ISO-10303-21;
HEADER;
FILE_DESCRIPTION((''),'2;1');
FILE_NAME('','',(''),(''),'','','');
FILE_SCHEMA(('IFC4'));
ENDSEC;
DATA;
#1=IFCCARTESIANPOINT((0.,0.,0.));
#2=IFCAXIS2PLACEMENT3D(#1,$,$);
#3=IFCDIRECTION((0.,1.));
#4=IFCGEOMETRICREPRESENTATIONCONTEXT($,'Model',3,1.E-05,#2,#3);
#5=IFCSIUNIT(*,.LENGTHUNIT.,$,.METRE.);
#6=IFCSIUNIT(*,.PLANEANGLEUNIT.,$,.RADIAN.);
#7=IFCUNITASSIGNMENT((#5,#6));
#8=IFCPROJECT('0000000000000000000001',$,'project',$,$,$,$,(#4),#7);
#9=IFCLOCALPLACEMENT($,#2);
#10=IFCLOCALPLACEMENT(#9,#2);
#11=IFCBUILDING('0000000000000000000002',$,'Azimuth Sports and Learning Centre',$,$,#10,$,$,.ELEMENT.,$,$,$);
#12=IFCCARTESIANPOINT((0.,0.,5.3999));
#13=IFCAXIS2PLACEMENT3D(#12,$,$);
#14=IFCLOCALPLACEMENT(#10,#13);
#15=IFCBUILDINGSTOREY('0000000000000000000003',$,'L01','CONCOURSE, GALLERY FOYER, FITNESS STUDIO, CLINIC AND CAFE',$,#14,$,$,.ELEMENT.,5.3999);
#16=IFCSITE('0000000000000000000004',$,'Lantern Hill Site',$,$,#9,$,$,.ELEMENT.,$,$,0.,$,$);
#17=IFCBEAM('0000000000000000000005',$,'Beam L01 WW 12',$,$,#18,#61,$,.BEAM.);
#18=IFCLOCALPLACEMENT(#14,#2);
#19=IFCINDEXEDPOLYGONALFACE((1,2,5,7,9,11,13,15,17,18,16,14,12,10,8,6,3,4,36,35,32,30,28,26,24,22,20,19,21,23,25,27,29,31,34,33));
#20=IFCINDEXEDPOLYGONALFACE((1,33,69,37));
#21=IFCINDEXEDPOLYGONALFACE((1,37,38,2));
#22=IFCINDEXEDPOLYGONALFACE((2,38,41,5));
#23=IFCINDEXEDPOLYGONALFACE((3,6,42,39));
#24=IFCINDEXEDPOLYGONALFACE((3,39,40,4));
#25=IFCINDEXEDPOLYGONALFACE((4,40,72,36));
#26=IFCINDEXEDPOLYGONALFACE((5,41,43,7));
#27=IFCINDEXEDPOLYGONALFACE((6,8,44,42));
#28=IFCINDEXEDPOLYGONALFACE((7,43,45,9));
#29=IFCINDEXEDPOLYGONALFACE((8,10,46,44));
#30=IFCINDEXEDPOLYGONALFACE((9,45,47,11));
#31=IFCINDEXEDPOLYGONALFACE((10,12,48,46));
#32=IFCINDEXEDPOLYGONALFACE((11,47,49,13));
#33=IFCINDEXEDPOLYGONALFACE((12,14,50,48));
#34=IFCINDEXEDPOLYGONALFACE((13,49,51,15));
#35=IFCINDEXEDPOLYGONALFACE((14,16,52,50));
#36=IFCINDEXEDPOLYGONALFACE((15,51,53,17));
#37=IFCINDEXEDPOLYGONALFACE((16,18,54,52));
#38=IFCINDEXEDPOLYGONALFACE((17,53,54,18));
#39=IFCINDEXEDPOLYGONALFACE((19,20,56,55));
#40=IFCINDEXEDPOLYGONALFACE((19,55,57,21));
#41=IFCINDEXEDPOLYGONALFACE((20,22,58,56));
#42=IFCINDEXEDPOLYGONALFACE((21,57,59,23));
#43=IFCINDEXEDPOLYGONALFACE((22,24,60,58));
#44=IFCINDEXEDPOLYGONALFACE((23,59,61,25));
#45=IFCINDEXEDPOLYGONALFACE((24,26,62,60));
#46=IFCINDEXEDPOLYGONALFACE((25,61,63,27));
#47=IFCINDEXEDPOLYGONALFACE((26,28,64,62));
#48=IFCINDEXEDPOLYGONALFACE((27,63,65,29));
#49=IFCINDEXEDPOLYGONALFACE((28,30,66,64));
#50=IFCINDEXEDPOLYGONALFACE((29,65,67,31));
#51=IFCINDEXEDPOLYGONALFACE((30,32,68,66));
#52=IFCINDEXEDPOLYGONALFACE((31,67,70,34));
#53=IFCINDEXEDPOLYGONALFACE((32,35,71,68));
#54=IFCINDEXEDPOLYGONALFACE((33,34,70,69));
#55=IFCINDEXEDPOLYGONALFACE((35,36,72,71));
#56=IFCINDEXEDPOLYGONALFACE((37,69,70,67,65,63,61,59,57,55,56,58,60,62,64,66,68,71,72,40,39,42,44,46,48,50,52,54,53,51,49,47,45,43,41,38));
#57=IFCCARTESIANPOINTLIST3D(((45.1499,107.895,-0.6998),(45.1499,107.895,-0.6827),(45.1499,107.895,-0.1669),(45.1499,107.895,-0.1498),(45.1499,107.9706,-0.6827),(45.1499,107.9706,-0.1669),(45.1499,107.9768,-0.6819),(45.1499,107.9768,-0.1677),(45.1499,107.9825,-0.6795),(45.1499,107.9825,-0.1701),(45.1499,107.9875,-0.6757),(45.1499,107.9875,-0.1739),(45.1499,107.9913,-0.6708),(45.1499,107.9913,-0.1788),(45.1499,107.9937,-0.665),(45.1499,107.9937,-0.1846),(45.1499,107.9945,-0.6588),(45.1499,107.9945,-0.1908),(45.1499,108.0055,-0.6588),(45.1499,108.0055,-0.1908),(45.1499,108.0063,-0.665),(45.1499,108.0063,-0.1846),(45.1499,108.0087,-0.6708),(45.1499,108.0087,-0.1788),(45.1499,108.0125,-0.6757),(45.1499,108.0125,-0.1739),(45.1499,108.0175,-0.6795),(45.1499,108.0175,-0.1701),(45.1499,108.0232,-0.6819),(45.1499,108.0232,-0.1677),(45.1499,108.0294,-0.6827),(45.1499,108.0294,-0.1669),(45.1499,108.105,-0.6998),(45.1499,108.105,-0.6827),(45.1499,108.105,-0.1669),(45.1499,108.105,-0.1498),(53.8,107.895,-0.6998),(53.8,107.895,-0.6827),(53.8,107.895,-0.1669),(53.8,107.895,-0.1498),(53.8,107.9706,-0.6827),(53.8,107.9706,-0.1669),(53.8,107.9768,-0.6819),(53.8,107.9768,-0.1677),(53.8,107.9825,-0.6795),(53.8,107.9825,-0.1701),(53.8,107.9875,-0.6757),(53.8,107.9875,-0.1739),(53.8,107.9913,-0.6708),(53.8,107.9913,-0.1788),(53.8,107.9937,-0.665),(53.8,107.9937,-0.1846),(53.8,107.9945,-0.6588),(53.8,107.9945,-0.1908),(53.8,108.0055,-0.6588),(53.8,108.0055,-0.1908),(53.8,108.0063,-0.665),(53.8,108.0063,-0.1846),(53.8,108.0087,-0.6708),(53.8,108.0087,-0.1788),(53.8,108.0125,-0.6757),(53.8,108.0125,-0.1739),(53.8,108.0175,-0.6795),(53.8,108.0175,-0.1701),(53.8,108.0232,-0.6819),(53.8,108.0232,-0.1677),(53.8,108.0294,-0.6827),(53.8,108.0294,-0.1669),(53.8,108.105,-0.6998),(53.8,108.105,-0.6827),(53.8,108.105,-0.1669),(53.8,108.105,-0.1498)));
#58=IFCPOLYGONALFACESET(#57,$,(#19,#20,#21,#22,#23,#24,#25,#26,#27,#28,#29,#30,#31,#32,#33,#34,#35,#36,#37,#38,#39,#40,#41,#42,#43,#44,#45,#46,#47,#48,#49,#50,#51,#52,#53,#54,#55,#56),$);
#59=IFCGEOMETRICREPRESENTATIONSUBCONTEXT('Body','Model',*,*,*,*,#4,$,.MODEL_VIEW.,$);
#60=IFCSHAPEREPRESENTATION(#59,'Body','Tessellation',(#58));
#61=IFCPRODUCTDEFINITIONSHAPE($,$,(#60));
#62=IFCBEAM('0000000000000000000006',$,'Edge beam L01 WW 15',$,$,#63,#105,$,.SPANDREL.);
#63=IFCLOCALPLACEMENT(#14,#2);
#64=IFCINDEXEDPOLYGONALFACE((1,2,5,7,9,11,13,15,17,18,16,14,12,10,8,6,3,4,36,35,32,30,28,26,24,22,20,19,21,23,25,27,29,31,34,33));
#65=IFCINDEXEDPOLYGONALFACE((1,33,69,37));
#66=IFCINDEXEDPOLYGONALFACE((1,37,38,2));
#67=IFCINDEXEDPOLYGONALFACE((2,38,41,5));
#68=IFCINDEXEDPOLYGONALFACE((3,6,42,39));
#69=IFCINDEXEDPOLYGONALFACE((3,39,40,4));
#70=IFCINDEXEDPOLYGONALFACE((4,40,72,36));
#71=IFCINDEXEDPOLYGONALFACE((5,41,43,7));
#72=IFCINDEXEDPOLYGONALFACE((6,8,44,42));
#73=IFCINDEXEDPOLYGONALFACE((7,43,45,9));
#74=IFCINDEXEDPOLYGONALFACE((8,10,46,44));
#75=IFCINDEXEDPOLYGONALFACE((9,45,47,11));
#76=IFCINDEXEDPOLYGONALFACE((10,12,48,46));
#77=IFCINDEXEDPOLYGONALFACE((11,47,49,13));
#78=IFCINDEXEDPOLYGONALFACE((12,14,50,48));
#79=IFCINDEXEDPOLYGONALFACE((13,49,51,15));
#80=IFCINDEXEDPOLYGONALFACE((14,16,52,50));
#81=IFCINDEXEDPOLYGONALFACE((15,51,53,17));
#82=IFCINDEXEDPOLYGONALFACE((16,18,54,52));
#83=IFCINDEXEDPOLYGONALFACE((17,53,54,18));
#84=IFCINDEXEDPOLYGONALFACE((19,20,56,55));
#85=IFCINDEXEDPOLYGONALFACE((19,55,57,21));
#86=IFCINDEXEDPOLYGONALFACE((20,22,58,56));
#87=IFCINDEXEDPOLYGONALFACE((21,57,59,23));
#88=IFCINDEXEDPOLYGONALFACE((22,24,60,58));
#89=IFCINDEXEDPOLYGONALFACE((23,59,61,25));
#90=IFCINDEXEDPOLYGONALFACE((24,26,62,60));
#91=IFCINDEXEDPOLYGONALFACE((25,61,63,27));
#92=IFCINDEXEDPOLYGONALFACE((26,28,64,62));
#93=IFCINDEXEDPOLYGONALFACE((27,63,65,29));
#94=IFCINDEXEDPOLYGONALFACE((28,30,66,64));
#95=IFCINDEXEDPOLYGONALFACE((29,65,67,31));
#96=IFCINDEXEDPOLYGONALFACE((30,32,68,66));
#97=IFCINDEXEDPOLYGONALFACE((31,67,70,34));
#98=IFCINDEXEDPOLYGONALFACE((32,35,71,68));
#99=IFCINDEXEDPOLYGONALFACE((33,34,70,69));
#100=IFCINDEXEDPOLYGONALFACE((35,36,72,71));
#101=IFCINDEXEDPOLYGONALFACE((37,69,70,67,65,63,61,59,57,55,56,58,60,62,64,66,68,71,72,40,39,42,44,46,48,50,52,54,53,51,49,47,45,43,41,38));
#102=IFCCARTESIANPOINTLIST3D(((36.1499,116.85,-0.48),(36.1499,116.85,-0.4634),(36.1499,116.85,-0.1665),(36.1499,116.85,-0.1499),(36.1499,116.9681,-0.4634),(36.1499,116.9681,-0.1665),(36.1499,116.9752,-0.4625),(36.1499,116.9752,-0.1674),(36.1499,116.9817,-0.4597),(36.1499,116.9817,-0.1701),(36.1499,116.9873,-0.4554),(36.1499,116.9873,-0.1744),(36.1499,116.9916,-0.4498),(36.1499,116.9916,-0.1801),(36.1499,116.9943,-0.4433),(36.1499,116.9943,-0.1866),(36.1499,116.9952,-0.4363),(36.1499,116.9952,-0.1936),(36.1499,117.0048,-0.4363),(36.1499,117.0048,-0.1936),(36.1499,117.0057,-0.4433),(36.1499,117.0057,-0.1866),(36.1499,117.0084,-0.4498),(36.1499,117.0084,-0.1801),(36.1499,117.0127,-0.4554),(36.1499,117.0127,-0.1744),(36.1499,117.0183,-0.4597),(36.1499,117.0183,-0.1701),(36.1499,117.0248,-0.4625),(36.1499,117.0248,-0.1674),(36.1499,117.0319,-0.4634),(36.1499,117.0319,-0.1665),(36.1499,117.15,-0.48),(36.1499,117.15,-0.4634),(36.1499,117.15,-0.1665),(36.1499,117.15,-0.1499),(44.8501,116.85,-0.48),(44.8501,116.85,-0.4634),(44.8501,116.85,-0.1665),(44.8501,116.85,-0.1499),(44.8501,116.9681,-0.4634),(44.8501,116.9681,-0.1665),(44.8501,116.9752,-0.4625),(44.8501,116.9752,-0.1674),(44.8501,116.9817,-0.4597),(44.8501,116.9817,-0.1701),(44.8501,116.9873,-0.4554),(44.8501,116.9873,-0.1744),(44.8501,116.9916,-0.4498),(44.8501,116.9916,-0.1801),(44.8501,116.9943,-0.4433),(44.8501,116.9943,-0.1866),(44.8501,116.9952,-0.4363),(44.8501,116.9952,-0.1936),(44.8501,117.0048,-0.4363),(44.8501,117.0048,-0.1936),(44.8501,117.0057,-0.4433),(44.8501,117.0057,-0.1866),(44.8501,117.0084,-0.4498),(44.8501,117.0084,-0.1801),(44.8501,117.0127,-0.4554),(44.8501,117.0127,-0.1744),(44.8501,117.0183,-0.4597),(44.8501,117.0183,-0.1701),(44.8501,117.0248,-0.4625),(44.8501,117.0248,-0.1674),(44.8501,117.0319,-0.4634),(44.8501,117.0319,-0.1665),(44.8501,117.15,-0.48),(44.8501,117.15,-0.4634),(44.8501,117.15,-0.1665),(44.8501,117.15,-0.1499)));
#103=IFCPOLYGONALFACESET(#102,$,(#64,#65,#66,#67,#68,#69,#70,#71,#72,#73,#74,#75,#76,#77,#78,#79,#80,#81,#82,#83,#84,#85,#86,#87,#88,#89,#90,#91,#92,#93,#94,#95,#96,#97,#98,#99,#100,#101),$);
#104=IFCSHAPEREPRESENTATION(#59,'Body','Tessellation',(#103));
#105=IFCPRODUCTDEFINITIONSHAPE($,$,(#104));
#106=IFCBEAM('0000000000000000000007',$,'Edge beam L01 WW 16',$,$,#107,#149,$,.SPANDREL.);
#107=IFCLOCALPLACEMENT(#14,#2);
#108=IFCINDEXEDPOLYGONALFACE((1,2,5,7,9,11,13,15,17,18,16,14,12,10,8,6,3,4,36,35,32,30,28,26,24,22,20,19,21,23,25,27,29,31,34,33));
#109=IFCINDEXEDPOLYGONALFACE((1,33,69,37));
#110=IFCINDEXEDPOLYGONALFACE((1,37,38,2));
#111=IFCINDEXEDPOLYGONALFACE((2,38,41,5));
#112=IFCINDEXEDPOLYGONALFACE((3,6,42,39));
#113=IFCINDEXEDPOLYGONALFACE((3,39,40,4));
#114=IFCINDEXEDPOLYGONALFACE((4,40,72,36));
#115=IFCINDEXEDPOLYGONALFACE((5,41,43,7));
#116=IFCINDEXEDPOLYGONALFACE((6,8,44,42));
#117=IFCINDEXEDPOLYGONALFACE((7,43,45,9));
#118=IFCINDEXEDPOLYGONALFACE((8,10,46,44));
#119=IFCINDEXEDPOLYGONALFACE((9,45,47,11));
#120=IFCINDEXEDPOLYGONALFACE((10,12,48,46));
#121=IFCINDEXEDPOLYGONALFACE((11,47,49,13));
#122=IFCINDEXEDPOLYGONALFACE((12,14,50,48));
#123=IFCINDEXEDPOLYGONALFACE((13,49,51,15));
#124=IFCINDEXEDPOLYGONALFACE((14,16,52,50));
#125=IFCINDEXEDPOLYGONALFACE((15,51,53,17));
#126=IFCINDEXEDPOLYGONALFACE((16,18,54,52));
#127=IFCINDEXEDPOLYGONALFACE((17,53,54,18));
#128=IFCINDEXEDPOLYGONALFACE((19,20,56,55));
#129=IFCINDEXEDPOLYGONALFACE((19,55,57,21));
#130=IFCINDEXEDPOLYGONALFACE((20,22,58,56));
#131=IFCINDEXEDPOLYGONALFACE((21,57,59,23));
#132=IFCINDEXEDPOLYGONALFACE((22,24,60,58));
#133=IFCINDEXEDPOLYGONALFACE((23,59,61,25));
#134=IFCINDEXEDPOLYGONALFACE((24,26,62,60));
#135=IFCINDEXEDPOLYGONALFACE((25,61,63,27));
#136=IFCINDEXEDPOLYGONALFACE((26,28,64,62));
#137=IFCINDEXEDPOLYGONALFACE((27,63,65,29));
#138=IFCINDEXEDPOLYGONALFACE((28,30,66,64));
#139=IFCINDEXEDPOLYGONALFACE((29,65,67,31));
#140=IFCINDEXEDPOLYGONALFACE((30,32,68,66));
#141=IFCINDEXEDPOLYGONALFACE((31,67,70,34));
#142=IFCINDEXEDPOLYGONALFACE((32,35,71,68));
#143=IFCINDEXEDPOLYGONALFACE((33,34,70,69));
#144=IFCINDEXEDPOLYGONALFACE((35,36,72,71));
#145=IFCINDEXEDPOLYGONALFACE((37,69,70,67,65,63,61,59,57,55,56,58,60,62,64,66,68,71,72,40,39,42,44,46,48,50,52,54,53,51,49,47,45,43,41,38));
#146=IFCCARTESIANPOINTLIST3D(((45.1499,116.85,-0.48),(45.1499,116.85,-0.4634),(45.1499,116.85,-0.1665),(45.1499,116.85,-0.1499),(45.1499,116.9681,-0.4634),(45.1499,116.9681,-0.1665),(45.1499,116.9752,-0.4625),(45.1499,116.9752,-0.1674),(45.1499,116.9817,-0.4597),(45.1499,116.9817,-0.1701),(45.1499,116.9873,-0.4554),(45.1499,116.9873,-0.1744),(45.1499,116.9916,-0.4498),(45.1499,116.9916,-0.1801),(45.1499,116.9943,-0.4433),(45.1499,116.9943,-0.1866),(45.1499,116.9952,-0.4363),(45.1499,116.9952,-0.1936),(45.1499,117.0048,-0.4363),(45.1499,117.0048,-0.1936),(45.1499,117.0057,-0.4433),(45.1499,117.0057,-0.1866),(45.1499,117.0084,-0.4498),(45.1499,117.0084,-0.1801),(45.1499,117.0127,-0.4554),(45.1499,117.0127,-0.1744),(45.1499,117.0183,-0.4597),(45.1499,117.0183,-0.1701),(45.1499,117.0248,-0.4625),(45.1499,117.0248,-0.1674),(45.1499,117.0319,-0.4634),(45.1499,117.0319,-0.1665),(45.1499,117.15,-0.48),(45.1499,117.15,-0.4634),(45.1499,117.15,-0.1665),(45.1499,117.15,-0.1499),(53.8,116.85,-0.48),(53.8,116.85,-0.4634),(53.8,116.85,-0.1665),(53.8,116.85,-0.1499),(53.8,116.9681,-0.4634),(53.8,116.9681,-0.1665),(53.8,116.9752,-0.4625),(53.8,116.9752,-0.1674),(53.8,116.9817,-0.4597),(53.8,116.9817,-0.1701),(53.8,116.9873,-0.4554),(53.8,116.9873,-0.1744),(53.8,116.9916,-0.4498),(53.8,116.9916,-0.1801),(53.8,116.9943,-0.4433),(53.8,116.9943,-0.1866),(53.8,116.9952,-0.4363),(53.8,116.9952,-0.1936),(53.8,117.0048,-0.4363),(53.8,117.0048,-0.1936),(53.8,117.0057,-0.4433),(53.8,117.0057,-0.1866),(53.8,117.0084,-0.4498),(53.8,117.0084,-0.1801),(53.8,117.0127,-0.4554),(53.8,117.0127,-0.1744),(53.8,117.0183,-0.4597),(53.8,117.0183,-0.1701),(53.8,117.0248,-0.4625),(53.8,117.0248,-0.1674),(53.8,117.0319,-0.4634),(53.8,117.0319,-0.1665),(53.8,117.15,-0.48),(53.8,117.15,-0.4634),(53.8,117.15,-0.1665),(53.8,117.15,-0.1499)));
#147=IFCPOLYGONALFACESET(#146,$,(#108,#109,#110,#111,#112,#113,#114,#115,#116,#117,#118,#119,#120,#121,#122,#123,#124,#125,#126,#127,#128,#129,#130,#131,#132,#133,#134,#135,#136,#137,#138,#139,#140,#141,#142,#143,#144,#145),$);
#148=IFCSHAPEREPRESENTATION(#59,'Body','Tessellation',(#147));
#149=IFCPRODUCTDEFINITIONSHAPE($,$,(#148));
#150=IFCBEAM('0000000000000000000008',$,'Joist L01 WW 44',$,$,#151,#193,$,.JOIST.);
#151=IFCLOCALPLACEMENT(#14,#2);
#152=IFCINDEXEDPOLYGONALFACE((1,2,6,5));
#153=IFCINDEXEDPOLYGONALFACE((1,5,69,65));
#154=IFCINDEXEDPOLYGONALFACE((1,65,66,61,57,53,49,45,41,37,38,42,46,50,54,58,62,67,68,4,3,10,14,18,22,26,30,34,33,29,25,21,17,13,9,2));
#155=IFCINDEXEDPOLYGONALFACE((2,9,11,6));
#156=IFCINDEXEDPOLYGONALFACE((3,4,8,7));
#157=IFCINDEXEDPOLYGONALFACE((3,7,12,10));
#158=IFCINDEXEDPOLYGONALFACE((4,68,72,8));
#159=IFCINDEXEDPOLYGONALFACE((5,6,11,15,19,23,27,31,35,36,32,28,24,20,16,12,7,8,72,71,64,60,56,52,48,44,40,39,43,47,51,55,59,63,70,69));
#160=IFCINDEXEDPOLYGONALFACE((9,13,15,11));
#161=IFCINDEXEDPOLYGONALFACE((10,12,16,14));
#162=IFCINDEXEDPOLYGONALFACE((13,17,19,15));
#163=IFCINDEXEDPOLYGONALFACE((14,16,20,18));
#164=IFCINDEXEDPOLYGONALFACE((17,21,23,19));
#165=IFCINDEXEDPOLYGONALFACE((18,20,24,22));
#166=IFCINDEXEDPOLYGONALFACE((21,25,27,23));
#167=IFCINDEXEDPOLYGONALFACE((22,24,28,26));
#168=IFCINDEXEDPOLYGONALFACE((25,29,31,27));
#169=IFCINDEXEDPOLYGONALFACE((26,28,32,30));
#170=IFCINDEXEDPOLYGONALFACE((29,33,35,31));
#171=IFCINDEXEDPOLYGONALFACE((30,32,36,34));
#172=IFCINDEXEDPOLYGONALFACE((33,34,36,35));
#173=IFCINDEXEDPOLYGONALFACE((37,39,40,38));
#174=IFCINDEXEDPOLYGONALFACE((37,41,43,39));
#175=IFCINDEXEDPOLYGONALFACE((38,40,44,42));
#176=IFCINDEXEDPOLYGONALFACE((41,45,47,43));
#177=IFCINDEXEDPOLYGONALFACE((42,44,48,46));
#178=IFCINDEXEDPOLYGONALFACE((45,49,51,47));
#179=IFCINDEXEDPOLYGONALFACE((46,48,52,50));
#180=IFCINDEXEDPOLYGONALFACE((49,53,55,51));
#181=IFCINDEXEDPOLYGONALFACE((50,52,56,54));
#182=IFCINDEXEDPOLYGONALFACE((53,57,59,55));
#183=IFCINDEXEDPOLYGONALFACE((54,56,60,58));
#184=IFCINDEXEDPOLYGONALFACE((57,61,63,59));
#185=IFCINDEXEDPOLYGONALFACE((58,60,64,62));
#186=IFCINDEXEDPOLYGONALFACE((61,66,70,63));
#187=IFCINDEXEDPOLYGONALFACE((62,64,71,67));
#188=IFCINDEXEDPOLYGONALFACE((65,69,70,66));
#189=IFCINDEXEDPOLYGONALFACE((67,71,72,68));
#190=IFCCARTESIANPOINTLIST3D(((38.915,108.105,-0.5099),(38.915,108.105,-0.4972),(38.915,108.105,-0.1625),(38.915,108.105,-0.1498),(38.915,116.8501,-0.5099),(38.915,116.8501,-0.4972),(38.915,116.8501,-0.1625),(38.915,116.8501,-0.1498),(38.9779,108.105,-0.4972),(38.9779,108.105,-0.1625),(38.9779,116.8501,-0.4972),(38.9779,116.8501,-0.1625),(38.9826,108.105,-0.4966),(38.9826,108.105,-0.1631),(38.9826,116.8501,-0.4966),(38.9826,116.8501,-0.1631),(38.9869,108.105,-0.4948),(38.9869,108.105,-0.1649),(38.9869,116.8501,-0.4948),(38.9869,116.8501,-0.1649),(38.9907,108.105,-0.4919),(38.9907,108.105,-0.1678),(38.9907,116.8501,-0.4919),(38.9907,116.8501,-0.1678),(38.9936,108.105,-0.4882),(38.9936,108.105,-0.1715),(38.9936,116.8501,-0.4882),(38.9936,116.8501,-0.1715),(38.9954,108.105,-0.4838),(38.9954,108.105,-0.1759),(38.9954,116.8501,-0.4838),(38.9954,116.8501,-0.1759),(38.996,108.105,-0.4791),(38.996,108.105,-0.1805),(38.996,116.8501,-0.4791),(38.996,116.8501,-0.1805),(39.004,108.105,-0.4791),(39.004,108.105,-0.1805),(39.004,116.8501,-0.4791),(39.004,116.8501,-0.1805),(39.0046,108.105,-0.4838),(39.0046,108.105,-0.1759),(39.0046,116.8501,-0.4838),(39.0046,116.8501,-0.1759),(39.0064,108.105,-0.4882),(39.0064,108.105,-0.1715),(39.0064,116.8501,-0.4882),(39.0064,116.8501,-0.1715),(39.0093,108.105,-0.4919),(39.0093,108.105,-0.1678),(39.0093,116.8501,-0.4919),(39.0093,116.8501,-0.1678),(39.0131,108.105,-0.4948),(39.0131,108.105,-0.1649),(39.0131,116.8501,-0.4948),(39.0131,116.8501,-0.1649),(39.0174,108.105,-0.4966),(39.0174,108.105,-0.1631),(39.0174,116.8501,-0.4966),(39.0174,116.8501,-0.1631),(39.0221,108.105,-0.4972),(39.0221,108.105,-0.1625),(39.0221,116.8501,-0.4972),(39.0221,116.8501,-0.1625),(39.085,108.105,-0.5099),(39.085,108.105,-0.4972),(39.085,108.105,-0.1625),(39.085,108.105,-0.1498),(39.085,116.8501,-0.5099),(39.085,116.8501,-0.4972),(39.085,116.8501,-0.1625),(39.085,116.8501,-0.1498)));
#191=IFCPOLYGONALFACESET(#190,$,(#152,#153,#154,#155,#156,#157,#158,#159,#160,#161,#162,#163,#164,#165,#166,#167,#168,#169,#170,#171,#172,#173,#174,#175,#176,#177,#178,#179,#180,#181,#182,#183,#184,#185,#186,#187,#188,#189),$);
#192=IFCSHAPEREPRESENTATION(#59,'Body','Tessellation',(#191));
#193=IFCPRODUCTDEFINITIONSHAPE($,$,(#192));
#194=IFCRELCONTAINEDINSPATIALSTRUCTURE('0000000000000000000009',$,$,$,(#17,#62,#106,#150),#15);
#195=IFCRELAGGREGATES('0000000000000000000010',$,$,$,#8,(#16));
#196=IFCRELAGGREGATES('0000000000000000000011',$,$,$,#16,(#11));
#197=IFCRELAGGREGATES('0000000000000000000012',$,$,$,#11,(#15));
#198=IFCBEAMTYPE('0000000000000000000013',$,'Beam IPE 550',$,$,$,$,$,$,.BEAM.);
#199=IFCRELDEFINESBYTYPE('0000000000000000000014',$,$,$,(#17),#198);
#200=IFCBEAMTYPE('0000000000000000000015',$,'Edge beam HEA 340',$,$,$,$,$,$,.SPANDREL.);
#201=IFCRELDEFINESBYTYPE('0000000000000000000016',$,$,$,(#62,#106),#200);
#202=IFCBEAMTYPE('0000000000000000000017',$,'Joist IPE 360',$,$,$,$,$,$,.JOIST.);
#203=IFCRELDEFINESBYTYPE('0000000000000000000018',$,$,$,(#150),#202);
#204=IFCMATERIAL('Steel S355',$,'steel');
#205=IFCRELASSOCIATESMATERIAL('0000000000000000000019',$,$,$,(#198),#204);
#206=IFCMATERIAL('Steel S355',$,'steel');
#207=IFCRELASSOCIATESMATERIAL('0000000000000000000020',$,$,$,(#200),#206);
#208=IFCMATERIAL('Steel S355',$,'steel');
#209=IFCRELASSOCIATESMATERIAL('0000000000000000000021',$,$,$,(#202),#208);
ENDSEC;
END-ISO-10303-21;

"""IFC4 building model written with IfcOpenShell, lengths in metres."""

from ifc_helpers import new_model, si_unit, direction, frame, origin, origin_2d, place, context, subcontext, project, spatial, i_section, extrude, material, material_profile, profile_set, type_object, element, save


model = new_model("IFC4")

# Units and contexts
model_context = context("Model", 3, precision=1e-05, world=origin(), true_north=direction((0.0, 1.0)))
body_context = subcontext(model_context, "Body", "Model", "MODEL_VIEW")
ifc_project = project(units=[si_unit("LENGTHUNIT", "METRE"), si_unit("PLANEANGLEUNIT", "RADIAN")], contexts=[model_context])

# Site, building, storey
site_placement = place(None, origin())
site = spatial("IfcSite", under=ifc_project, at=site_placement, Name="Lantern Hill Site", CompositionType="ELEMENT", RefElevation=0.0)
building_placement = place(site_placement, origin())
building = spatial("IfcBuilding", under=site, at=building_placement, Name="Azimuth Sports and Learning Centre", CompositionType="ELEMENT")
storey_placement = place(building_placement, frame((0.0, 0.0, 5.3999)))
storey = spatial("IfcBuildingStorey", under=building, at=storey_placement, Name="L01", Description="CONCOURSE, GALLERY FOYER, FITNESS STUDIO, CLINIC AND CAFE", CompositionType="ELEMENT", Elevation=5.3999)

# Beams
ifc_material_1 = material(Name="Steel S355", Category="steel")
ifc_material_profile_1 = material_profile(ifc_material_1, i_section(OverallWidth=0.21, OverallDepth=0.55, WebThickness=0.011, FlangeThickness=0.0171, FilletRadius=0.0239, at=origin_2d()), Name="IPE 550")
ifc_profile_set_1 = profile_set([ifc_material_profile_1], Name="Steel S355")
beam_type_1 = type_object("IfcBeamType", Name="Beam IPE 550", PredefinedType="BEAM", material=ifc_profile_set_1)
beam_1_placement = place(storey_placement, frame((45.1499, 108.0, -0.4248), z_axis=(1.0, 0.0, 0.0), x_axis=(0.0, 1.0, 0.0)))
element("IfcBeam", 1, at=beam_1_placement, inside=storey, type_object=beam_type_1, Name="Beam L01 WW 12", PredefinedType="BEAM", context=body_context, shape_type="SweptSolid", body=[
    extrude(i_section(OverallWidth=0.21, OverallDepth=0.55, WebThickness=0.011, FlangeThickness=0.0171, FilletRadius=0.0239, at=origin_2d()), origin(), (0.0, 0.0, 1.0), 8.6501),
])
ifc_material_2 = material(Name="Steel S355", Category="steel")
ifc_material_profile_2 = material_profile(ifc_material_2, i_section(OverallWidth=0.3, OverallDepth=0.3301, WebThickness=0.0095, FlangeThickness=0.0166, FilletRadius=0.0271, at=origin_2d()), Name="HEA 340")
ifc_profile_set_2 = profile_set([ifc_material_profile_2], Name="Steel S355")
beam_type_2 = type_object("IfcBeamType", Name="Edge beam HEA 340", PredefinedType="SPANDREL", material=ifc_profile_set_2)
beam_2_placement = place(storey_placement, frame((36.1499, 117.0, -0.3149), z_axis=(1.0, 0.0, 0.0), x_axis=(0.0, 1.0, 0.0)))
element("IfcBeam", 2, at=beam_2_placement, inside=storey, type_object=beam_type_2, Name="Edge beam L01 WW 15", PredefinedType="SPANDREL", context=body_context, shape_type="SweptSolid", body=[
    extrude(i_section(OverallWidth=0.3, OverallDepth=0.3301, WebThickness=0.0095, FlangeThickness=0.0166, FilletRadius=0.0271, at=origin_2d()), origin(), (0.0, 0.0, 1.0), 8.7002),
])
beam_3_placement = place(storey_placement, frame((45.1499, 117.0, -0.3149), z_axis=(1.0, 0.0, 0.0), x_axis=(0.0, 1.0, 0.0)))
element("IfcBeam", 3, at=beam_3_placement, inside=storey, type_object=beam_type_2, Name="Edge beam L01 WW 16", PredefinedType="SPANDREL", context=body_context, shape_type="SweptSolid", body=[
    extrude(i_section(OverallWidth=0.3, OverallDepth=0.3301, WebThickness=0.0095, FlangeThickness=0.0166, FilletRadius=0.0271, at=origin_2d()), origin(), (0.0, 0.0, 1.0), 8.6501),
])
ifc_material_3 = material(Name="Steel S355", Category="steel")
ifc_material_profile_3 = material_profile(ifc_material_3, i_section(OverallWidth=0.1699, OverallDepth=0.3601, WebThickness=0.0081, FlangeThickness=0.0127, FilletRadius=0.0181, at=origin_2d()), Name="IPE 360")
ifc_profile_set_3 = profile_set([ifc_material_profile_3], Name="Steel S355")
beam_type_3 = type_object("IfcBeamType", Name="Joist IPE 360", PredefinedType="JOIST", material=ifc_profile_set_3)
for number, where, z_axis, x_axis, name in (
    (4, (39.0, 108.105, -0.3298), (0.0, 1.0, 0.0), (-1.0, 0.0, 0.0), "Joist L01 WW 44"),
):
    element("IfcBeam", number, at=place(storey_placement, frame(where, z_axis=z_axis, x_axis=x_axis)), inside=storey, type_object=beam_type_3, Name=name, PredefinedType="JOIST", context=body_context, shape_type="SweptSolid", body=[
        extrude(i_section(OverallWidth=0.1699, OverallDepth=0.3601, WebThickness=0.0081, FlangeThickness=0.0127, FilletRadius=0.0181, at=origin_2d()), origin(), (0.0, 0.0, 1.0), 8.7451),
    ])

save(model, "model.ifc")
